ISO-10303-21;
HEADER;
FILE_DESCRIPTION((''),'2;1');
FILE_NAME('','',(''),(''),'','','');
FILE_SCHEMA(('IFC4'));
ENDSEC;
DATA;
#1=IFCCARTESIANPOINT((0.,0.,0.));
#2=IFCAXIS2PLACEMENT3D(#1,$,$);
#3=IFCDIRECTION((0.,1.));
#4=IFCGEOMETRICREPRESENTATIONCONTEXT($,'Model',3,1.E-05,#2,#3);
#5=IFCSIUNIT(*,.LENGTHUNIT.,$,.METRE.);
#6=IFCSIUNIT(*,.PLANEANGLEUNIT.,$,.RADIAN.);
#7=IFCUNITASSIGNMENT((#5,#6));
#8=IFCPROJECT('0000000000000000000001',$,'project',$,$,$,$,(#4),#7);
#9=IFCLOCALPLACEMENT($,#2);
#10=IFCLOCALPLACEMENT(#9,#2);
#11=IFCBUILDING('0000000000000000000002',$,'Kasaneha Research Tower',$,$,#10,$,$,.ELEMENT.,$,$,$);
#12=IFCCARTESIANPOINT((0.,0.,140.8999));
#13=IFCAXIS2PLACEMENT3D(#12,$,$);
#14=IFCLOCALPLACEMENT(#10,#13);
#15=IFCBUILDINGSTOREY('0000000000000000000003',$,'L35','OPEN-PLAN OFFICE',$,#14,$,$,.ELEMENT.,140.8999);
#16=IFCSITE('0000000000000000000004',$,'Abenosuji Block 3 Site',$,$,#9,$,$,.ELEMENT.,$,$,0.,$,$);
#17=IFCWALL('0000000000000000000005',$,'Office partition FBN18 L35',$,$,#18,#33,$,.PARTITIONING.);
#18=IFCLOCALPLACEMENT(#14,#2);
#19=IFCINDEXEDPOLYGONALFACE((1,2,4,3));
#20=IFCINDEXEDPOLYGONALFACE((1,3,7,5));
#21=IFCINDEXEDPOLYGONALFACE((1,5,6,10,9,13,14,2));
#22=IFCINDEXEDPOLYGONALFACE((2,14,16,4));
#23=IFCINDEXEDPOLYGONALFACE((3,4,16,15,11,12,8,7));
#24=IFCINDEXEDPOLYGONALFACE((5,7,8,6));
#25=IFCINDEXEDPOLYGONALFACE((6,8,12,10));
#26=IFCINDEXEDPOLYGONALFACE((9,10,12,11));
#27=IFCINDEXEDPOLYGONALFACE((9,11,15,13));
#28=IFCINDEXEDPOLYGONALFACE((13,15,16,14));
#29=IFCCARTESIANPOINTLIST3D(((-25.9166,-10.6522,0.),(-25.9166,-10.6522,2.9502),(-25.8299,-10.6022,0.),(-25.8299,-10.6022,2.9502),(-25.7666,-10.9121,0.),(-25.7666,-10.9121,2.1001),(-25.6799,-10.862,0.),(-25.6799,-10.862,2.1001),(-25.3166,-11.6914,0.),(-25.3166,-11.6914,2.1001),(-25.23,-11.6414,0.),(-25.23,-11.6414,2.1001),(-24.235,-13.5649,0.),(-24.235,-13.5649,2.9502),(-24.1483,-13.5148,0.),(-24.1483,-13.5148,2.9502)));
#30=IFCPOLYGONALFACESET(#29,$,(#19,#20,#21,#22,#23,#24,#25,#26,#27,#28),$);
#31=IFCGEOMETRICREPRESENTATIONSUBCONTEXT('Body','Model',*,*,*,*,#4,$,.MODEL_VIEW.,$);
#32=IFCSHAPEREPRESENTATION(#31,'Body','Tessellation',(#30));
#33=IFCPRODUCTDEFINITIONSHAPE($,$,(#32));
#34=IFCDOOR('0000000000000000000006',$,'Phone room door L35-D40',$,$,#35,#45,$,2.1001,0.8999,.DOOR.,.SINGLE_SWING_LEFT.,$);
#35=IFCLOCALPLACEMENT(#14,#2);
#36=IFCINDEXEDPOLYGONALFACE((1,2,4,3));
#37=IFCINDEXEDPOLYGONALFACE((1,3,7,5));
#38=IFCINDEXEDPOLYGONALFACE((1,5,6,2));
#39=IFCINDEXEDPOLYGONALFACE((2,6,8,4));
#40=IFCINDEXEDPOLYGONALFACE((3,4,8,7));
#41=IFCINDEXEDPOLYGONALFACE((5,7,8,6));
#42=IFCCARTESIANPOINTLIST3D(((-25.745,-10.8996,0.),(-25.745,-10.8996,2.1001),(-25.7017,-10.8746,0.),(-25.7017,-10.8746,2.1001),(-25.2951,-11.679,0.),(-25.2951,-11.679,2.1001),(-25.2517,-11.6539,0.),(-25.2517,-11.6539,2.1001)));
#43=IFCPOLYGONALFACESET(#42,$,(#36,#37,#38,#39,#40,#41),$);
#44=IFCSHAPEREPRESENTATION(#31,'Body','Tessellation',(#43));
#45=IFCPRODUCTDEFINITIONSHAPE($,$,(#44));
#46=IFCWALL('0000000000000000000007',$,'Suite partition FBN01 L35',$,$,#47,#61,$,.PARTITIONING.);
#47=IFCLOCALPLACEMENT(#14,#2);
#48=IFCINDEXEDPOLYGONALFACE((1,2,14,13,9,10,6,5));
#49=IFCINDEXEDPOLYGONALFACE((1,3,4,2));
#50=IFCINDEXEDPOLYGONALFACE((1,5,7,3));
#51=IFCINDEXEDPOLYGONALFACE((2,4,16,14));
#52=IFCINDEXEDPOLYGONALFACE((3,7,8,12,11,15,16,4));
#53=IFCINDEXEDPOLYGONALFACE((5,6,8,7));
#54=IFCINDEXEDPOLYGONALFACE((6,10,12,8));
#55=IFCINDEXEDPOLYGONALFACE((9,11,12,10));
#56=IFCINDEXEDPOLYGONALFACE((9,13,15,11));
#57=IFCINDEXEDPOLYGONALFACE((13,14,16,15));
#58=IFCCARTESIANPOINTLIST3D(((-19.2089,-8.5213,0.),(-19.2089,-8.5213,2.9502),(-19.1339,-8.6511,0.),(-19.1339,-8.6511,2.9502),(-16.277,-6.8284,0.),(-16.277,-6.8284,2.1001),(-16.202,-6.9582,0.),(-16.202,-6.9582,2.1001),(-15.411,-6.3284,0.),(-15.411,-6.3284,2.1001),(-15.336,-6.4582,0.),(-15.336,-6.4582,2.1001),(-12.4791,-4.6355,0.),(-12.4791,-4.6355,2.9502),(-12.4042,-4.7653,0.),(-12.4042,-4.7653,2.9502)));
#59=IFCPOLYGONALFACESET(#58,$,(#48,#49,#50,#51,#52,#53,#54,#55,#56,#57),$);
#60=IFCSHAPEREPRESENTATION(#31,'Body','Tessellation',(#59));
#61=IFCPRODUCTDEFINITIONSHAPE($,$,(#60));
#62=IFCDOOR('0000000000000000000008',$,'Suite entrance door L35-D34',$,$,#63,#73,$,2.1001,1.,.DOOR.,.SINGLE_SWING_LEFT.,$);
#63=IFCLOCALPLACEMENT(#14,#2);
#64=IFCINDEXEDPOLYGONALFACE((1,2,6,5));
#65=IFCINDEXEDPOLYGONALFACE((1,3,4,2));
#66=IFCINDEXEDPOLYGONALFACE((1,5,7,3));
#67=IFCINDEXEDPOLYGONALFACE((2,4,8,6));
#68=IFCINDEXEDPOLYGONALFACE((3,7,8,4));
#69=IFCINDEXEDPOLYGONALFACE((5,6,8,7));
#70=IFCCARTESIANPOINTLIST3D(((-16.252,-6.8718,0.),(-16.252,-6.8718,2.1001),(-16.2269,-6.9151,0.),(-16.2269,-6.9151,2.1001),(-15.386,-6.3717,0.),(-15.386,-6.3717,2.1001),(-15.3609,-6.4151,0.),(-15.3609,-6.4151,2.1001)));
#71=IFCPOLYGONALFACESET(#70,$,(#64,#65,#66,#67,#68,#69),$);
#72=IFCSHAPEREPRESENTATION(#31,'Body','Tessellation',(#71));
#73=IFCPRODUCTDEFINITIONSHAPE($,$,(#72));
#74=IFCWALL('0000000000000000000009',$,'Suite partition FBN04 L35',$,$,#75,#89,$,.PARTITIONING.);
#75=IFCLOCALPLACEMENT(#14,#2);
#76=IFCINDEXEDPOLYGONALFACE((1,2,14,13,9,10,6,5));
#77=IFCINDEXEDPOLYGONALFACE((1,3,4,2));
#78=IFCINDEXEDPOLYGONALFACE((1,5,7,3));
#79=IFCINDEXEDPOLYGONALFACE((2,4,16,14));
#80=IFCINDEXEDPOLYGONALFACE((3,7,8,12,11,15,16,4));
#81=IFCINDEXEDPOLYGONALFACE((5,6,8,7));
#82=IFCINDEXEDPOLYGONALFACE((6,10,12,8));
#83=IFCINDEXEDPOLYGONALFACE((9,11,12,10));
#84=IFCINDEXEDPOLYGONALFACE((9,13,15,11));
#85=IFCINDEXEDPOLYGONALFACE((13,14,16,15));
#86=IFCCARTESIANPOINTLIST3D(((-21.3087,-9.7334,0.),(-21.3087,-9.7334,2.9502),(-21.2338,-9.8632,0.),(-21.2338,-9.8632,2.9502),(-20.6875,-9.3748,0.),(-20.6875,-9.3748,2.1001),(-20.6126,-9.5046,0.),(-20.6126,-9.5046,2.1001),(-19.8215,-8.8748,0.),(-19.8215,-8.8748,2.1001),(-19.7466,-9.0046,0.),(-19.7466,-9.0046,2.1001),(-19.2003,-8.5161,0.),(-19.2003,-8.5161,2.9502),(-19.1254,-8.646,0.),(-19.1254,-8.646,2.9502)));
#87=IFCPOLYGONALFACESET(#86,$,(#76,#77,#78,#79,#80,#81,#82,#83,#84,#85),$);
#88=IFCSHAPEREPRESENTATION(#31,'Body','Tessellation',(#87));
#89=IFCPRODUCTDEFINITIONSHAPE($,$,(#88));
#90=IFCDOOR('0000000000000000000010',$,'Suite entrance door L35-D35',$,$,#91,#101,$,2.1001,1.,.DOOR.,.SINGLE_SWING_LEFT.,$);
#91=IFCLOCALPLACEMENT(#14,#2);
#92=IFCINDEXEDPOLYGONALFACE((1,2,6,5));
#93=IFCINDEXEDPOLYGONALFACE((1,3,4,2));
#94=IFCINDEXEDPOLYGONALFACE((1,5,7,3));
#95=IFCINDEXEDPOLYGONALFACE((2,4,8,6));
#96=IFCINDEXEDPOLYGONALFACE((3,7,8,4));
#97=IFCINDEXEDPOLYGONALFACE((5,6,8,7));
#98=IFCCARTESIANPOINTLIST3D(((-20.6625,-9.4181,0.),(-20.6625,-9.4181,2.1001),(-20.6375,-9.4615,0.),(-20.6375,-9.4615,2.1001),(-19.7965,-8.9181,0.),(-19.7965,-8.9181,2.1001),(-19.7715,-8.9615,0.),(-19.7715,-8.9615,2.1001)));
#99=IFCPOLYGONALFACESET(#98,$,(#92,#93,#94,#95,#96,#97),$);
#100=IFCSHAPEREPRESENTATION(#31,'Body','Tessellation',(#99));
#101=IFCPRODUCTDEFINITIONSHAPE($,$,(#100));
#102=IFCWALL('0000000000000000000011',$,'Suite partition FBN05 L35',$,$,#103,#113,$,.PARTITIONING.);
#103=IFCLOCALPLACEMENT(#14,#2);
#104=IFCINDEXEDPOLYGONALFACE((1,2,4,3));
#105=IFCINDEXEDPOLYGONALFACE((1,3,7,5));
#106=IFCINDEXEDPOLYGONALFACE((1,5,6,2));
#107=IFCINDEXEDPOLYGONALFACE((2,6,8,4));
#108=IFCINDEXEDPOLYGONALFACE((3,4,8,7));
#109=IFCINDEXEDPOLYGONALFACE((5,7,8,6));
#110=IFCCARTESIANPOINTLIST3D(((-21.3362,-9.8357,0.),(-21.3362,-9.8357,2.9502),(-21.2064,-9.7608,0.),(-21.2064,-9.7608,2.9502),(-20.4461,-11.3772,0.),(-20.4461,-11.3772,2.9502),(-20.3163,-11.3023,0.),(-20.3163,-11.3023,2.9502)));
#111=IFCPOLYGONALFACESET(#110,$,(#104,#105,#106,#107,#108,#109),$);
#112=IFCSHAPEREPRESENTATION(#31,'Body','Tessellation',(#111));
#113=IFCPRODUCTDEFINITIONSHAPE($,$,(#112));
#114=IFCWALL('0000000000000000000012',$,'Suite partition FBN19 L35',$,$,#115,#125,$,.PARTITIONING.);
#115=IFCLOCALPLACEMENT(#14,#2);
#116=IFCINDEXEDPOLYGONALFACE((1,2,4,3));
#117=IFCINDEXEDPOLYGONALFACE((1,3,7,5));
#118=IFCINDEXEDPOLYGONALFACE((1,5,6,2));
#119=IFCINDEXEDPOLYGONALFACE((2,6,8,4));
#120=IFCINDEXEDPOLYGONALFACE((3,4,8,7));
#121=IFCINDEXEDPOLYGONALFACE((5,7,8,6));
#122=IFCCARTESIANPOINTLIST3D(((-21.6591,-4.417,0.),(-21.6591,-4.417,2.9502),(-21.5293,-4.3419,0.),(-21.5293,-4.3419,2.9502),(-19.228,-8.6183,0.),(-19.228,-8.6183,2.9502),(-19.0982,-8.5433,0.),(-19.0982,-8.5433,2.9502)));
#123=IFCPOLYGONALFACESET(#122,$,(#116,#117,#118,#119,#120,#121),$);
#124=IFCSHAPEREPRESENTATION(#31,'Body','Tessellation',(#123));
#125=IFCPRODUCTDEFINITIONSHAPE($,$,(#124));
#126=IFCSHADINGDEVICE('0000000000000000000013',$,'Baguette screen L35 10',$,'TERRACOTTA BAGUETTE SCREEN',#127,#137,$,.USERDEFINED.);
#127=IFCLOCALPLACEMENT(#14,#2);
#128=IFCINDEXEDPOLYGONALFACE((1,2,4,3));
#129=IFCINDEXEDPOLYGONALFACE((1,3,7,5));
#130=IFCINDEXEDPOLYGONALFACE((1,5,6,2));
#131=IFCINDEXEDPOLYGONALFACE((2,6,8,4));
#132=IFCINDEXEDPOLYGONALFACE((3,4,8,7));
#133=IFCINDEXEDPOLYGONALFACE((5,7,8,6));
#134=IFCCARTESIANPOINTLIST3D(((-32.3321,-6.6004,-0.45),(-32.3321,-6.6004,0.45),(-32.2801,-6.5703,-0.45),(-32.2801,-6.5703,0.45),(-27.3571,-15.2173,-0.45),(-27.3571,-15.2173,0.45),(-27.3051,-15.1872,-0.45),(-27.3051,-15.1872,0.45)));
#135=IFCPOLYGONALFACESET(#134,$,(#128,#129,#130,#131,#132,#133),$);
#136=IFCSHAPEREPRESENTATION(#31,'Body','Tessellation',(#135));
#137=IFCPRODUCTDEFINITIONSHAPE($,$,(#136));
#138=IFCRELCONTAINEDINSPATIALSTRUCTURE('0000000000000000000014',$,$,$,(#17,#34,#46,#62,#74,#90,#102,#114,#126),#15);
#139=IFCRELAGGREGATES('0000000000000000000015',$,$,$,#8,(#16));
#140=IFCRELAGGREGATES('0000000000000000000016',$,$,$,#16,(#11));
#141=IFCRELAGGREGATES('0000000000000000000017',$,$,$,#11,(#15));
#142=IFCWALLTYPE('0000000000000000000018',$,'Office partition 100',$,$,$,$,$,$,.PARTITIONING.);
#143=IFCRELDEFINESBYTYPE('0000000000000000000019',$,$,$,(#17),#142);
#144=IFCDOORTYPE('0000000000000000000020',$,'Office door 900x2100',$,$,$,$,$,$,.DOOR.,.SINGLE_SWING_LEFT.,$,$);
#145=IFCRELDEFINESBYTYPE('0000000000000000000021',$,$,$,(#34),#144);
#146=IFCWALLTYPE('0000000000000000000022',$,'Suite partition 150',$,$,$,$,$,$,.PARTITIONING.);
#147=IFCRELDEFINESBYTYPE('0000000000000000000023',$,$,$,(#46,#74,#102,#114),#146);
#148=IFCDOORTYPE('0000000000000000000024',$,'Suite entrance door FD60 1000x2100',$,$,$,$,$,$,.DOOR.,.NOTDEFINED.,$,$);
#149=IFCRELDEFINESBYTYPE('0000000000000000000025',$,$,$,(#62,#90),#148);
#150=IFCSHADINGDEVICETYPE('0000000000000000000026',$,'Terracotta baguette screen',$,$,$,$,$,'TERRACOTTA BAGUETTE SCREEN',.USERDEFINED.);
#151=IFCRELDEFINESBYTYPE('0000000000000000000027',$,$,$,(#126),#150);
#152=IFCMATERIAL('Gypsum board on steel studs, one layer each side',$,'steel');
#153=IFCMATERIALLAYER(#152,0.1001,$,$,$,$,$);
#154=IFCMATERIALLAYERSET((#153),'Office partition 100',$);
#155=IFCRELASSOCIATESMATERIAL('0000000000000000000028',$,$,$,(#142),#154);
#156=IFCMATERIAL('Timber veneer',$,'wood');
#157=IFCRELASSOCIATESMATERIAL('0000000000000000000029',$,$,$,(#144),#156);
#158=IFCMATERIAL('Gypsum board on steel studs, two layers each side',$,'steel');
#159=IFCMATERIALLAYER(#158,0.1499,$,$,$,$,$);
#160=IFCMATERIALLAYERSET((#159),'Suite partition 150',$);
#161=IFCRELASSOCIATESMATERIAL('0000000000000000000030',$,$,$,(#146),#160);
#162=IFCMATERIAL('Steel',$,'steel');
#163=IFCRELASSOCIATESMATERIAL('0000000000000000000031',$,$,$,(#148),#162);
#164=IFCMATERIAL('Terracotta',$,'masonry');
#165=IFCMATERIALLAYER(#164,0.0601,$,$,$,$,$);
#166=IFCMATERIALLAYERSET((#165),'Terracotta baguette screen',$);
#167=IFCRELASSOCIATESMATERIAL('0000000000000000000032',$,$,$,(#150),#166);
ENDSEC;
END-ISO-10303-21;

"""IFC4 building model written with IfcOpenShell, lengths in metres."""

from ifc_helpers import new_model, si_unit, direction, frame, frame_2d, origin, origin_2d, place, context, subcontext, project, spatial, rectangle, extrude, material, layer, layer_set, type_object, element, fill, save


model = new_model("IFC4")

# Units and contexts
model_context = context("Model", 3, precision=1e-05, world=origin(), true_north=direction((0.0, 1.0)))
body_context = subcontext(model_context, "Body", "Model", "MODEL_VIEW")
ifc_project = project(units=[si_unit("LENGTHUNIT", "METRE"), si_unit("PLANEANGLEUNIT", "RADIAN")], contexts=[model_context])

# Site, building, storey
site_placement = place(None, origin())
site = spatial("IfcSite", under=ifc_project, at=site_placement, Name="Abenosuji Block 3 Site", CompositionType="ELEMENT", RefElevation=0.0)
building_placement = place(site_placement, origin())
building = spatial("IfcBuilding", under=site, at=building_placement, Name="Kasaneha Research Tower", CompositionType="ELEMENT")
storey_placement = place(building_placement, frame((0.0, 0.0, 140.8999)))
storey = spatial("IfcBuildingStorey", under=building, at=storey_placement, Name="L35", Description="OPEN-PLAN OFFICE", CompositionType="ELEMENT", Elevation=140.8999)

# Shared definitions
ifc_material_1 = material(Name="Gypsum board on steel studs, one layer each side", Category="steel")
ifc_layer_1 = layer(ifc_material_1, 0.1001)
ifc_layer_set_1 = layer_set([ifc_layer_1], Name="Office partition 100")
wall_type_1 = type_object("IfcWallType", Name="Office partition 100", PredefinedType="PARTITIONING", material=ifc_layer_set_1)

# Shared definitions
ifc_material_2 = material(Name="Timber veneer", Category="wood")
door_type_1 = type_object("IfcDoorType", Name="Office door 900x2100", OperationType="SINGLE_SWING_LEFT", PredefinedType="DOOR", material=ifc_material_2)

# Walls, openings, doors
wall_1_placement = place(storey_placement, frame((-25.8733, -10.6272, 0.0), z_axis=(0.0, 0.0, 1.0), x_axis=(0.500012, -0.866019, 0.0)))
wall_1 = element("IfcWall", 1, at=wall_1_placement, inside=storey, type_object=wall_type_1, Name="Office partition FBN18 L35", PredefinedType="PARTITIONING", context=body_context, shape_type="SweptSolid", body=[
    extrude(rectangle(XDim=3.3633, YDim=0.1001, at=frame_2d((1.6816, 0.0))), origin(), (0.0, 0.0, 1.0), 2.9502),
])
opening_1_placement = place(wall_1_placement, frame((0.3, 0.0, 0.0)))
opening_1 = element("IfcOpeningElement", 2, at=opening_1_placement, cuts=wall_1, PredefinedType="OPENING", context=body_context, shape_type="SweptSolid", body=[
    extrude(rectangle(XDim=0.8999, YDim=2.1001, at=frame_2d((0.45, 1.05))), frame((0.0, 0.0601, 0.0), z_axis=(0.0, -1.0, 0.0), x_axis=(1.0, 0.0, 0.0)), (0.0, 0.0, 1.0), 0.1201),
])
door_1_placement = place(opening_1_placement, origin())
door_1 = element("IfcDoor", 3, at=door_1_placement, inside=storey, type_object=door_type_1, Name="Phone room door L35-D40", OperationType="SINGLE_SWING_LEFT", OverallHeight=2.1001, OverallWidth=0.8999, PredefinedType="DOOR", context=body_context, shape_type="SweptSolid", body=[
    extrude(rectangle(XDim=0.8999, YDim=2.1001, at=frame_2d((0.45, 1.05))), frame((0.0, 0.0249, 0.0), z_axis=(0.0, -1.0, 0.0), x_axis=(1.0, 0.0, 0.0)), (0.0, 0.0, 1.0), 0.05),
])
fill(opening_1, door_1)
ifc_material_3 = material(Name="Gypsum board on steel studs, two layers each side", Category="steel")
ifc_layer_2 = layer(ifc_material_3, 0.1499)
ifc_layer_set_2 = layer_set([ifc_layer_2], Name="Suite partition 150")
wall_type_2 = type_object("IfcWallType", Name="Suite partition 150", PredefinedType="PARTITIONING", material=ifc_layer_set_2)
wall_2_placement = place(storey_placement, frame((-19.1714, -8.5862, 0.0), z_axis=(0.0, 0.0, 1.0), x_axis=(0.866007, 0.500032, 0.0)))
wall_2 = element("IfcWall", 4, at=wall_2_placement, inside=storey, type_object=wall_type_2, Name="Suite partition FBN01 L35", PredefinedType="PARTITIONING", context=body_context, shape_type="SweptSolid", body=[
    extrude(rectangle(XDim=7.771, YDim=0.1499, at=frame_2d((3.8855, 0.0))), origin(), (0.0, 0.0, 1.0), 2.9502),
])
opening_2_placement = place(wall_2_placement, frame((3.3855, 0.0, 0.0)))
opening_2 = element("IfcOpeningElement", 5, at=opening_2_placement, cuts=wall_2, PredefinedType="OPENING", context=body_context, shape_type="SweptSolid", body=[
    extrude(rectangle(XDim=1.0, YDim=2.1001, at=frame_2d((0.5, 1.05))), frame((0.0, 0.085, 0.0), z_axis=(0.0, -1.0, 0.0), x_axis=(1.0, 0.0, 0.0)), (0.0, 0.0, 1.0), 0.1699),
])
ifc_material_4 = material(Name="Steel", Category="steel")
door_type_2 = type_object("IfcDoorType", Name="Suite entrance door FD60 1000x2100", OperationType="NOTDEFINED", PredefinedType="DOOR", material=ifc_material_4)
door_2_placement = place(opening_2_placement, origin())
door_2 = element("IfcDoor", 6, at=door_2_placement, inside=storey, type_object=door_type_2, Name="Suite entrance door L35-D34", OperationType="SINGLE_SWING_LEFT", OverallHeight=2.1001, OverallWidth=1.0, PredefinedType="DOOR", context=body_context, shape_type="SweptSolid", body=[
    extrude(rectangle(XDim=1.0, YDim=2.1001, at=frame_2d((0.5, 1.05))), frame((0.0, 0.0249, 0.0), z_axis=(0.0, -1.0, 0.0), x_axis=(1.0, 0.0, 0.0)), (0.0, 0.0, 1.0), 0.05),
])
fill(opening_2, door_2)
wall_3_placement = place(storey_placement, frame((-21.2712, -9.7983, 0.0), z_axis=(0.0, 0.0, 1.0), x_axis=(0.866025, 0.5, 0.0)))
wall_3 = element("IfcWall", 7, at=wall_3_placement, inside=storey, type_object=wall_type_2, Name="Suite partition FBN04 L35", PredefinedType="PARTITIONING", context=body_context, shape_type="SweptSolid", body=[
    extrude(rectangle(XDim=2.4346, YDim=0.1499, at=frame_2d((1.2173, 0.0))), origin(), (0.0, 0.0, 1.0), 2.9502),
])
opening_3_placement = place(wall_3_placement, frame((0.7173, 0.0, 0.0)))
opening_3 = element("IfcOpeningElement", 8, at=opening_3_placement, cuts=wall_3, PredefinedType="OPENING", context=body_context, shape_type="SweptSolid", body=[
    extrude(rectangle(XDim=1.0, YDim=2.1001, at=frame_2d((0.5, 1.05))), frame((0.0, 0.085, 0.0), z_axis=(0.0, -1.0, 0.0), x_axis=(1.0, 0.0, 0.0)), (0.0, 0.0, 1.0), 0.1699),
])
door_3_placement = place(opening_3_placement, origin())
door_3 = element("IfcDoor", 9, at=door_3_placement, inside=storey, type_object=door_type_2, Name="Suite entrance door L35-D35", OperationType="SINGLE_SWING_LEFT", OverallHeight=2.1001, OverallWidth=1.0, PredefinedType="DOOR", context=body_context, shape_type="SweptSolid", body=[
    extrude(rectangle(XDim=1.0, YDim=2.1001, at=frame_2d((0.5, 1.05))), frame((0.0, 0.0249, 0.0), z_axis=(0.0, -1.0, 0.0), x_axis=(1.0, 0.0, 0.0)), (0.0, 0.0, 1.0), 0.05),
])
fill(opening_3, door_3)

# Walls
wall_4_placement = place(storey_placement, frame((-20.3811, -11.3398, 0.0), z_axis=(0.0, 0.0, 1.0), x_axis=(-0.500063, 0.865989, 0.0)))
element("IfcWall", 10, at=wall_4_placement, inside=storey, type_object=wall_type_2, Name="Suite partition FBN05 L35", PredefinedType="PARTITIONING", context=body_context, shape_type="SweptSolid", body=[
    extrude(rectangle(XDim=1.78, YDim=0.1499, at=frame_2d((0.8901, 0.0))), origin(), (0.0, 0.0, 1.0), 2.9502),
])
wall_5_placement = place(storey_placement, frame((-19.1631, -8.5808, 0.0), z_axis=(0.0, 0.0, 1.0), x_axis=(-0.500844, 0.865538, 0.0)))
element("IfcWall", 11, at=wall_5_placement, inside=storey, type_object=wall_type_2, Name="Suite partition FBN19 L35", PredefinedType="PARTITIONING", context=body_context, shape_type="SweptSolid", body=[
    extrude(rectangle(XDim=4.854, YDim=0.1499, at=frame_2d((2.427, 0.0))), origin(), (0.0, 0.0, 1.0), 2.9502),
])

# Shading device
ifc_material_5 = material(Name="Terracotta", Category="masonry")
ifc_layer_3 = layer(ifc_material_5, 0.0601)
ifc_layer_set_3 = layer_set([ifc_layer_3], Name="Terracotta baguette screen")
shading_device_type = type_object("IfcShadingDeviceType", Name="Terracotta baguette screen", ElementType="TERRACOTTA BAGUETTE SCREEN", PredefinedType="USERDEFINED", material=ifc_layer_set_3)
shading_device_placement = place(storey_placement, frame((-29.8186, -10.8938, -0.45), z_axis=(0.0, 0.0, 1.0), x_axis=(0.5, -0.866025, 0.0)))
element("IfcShadingDevice", 12, at=shading_device_placement, inside=storey, type_object=shading_device_type, Name="Baguette screen L35 10", ObjectType="TERRACOTTA BAGUETTE SCREEN", PredefinedType="USERDEFINED", context=body_context, shape_type="SweptSolid", body=[
    extrude(rectangle(XDim=9.95, YDim=0.0601, at=origin_2d()), origin(), (0.0, 0.0, 1.0), 0.8999),
])

save(model, "model.ifc")
